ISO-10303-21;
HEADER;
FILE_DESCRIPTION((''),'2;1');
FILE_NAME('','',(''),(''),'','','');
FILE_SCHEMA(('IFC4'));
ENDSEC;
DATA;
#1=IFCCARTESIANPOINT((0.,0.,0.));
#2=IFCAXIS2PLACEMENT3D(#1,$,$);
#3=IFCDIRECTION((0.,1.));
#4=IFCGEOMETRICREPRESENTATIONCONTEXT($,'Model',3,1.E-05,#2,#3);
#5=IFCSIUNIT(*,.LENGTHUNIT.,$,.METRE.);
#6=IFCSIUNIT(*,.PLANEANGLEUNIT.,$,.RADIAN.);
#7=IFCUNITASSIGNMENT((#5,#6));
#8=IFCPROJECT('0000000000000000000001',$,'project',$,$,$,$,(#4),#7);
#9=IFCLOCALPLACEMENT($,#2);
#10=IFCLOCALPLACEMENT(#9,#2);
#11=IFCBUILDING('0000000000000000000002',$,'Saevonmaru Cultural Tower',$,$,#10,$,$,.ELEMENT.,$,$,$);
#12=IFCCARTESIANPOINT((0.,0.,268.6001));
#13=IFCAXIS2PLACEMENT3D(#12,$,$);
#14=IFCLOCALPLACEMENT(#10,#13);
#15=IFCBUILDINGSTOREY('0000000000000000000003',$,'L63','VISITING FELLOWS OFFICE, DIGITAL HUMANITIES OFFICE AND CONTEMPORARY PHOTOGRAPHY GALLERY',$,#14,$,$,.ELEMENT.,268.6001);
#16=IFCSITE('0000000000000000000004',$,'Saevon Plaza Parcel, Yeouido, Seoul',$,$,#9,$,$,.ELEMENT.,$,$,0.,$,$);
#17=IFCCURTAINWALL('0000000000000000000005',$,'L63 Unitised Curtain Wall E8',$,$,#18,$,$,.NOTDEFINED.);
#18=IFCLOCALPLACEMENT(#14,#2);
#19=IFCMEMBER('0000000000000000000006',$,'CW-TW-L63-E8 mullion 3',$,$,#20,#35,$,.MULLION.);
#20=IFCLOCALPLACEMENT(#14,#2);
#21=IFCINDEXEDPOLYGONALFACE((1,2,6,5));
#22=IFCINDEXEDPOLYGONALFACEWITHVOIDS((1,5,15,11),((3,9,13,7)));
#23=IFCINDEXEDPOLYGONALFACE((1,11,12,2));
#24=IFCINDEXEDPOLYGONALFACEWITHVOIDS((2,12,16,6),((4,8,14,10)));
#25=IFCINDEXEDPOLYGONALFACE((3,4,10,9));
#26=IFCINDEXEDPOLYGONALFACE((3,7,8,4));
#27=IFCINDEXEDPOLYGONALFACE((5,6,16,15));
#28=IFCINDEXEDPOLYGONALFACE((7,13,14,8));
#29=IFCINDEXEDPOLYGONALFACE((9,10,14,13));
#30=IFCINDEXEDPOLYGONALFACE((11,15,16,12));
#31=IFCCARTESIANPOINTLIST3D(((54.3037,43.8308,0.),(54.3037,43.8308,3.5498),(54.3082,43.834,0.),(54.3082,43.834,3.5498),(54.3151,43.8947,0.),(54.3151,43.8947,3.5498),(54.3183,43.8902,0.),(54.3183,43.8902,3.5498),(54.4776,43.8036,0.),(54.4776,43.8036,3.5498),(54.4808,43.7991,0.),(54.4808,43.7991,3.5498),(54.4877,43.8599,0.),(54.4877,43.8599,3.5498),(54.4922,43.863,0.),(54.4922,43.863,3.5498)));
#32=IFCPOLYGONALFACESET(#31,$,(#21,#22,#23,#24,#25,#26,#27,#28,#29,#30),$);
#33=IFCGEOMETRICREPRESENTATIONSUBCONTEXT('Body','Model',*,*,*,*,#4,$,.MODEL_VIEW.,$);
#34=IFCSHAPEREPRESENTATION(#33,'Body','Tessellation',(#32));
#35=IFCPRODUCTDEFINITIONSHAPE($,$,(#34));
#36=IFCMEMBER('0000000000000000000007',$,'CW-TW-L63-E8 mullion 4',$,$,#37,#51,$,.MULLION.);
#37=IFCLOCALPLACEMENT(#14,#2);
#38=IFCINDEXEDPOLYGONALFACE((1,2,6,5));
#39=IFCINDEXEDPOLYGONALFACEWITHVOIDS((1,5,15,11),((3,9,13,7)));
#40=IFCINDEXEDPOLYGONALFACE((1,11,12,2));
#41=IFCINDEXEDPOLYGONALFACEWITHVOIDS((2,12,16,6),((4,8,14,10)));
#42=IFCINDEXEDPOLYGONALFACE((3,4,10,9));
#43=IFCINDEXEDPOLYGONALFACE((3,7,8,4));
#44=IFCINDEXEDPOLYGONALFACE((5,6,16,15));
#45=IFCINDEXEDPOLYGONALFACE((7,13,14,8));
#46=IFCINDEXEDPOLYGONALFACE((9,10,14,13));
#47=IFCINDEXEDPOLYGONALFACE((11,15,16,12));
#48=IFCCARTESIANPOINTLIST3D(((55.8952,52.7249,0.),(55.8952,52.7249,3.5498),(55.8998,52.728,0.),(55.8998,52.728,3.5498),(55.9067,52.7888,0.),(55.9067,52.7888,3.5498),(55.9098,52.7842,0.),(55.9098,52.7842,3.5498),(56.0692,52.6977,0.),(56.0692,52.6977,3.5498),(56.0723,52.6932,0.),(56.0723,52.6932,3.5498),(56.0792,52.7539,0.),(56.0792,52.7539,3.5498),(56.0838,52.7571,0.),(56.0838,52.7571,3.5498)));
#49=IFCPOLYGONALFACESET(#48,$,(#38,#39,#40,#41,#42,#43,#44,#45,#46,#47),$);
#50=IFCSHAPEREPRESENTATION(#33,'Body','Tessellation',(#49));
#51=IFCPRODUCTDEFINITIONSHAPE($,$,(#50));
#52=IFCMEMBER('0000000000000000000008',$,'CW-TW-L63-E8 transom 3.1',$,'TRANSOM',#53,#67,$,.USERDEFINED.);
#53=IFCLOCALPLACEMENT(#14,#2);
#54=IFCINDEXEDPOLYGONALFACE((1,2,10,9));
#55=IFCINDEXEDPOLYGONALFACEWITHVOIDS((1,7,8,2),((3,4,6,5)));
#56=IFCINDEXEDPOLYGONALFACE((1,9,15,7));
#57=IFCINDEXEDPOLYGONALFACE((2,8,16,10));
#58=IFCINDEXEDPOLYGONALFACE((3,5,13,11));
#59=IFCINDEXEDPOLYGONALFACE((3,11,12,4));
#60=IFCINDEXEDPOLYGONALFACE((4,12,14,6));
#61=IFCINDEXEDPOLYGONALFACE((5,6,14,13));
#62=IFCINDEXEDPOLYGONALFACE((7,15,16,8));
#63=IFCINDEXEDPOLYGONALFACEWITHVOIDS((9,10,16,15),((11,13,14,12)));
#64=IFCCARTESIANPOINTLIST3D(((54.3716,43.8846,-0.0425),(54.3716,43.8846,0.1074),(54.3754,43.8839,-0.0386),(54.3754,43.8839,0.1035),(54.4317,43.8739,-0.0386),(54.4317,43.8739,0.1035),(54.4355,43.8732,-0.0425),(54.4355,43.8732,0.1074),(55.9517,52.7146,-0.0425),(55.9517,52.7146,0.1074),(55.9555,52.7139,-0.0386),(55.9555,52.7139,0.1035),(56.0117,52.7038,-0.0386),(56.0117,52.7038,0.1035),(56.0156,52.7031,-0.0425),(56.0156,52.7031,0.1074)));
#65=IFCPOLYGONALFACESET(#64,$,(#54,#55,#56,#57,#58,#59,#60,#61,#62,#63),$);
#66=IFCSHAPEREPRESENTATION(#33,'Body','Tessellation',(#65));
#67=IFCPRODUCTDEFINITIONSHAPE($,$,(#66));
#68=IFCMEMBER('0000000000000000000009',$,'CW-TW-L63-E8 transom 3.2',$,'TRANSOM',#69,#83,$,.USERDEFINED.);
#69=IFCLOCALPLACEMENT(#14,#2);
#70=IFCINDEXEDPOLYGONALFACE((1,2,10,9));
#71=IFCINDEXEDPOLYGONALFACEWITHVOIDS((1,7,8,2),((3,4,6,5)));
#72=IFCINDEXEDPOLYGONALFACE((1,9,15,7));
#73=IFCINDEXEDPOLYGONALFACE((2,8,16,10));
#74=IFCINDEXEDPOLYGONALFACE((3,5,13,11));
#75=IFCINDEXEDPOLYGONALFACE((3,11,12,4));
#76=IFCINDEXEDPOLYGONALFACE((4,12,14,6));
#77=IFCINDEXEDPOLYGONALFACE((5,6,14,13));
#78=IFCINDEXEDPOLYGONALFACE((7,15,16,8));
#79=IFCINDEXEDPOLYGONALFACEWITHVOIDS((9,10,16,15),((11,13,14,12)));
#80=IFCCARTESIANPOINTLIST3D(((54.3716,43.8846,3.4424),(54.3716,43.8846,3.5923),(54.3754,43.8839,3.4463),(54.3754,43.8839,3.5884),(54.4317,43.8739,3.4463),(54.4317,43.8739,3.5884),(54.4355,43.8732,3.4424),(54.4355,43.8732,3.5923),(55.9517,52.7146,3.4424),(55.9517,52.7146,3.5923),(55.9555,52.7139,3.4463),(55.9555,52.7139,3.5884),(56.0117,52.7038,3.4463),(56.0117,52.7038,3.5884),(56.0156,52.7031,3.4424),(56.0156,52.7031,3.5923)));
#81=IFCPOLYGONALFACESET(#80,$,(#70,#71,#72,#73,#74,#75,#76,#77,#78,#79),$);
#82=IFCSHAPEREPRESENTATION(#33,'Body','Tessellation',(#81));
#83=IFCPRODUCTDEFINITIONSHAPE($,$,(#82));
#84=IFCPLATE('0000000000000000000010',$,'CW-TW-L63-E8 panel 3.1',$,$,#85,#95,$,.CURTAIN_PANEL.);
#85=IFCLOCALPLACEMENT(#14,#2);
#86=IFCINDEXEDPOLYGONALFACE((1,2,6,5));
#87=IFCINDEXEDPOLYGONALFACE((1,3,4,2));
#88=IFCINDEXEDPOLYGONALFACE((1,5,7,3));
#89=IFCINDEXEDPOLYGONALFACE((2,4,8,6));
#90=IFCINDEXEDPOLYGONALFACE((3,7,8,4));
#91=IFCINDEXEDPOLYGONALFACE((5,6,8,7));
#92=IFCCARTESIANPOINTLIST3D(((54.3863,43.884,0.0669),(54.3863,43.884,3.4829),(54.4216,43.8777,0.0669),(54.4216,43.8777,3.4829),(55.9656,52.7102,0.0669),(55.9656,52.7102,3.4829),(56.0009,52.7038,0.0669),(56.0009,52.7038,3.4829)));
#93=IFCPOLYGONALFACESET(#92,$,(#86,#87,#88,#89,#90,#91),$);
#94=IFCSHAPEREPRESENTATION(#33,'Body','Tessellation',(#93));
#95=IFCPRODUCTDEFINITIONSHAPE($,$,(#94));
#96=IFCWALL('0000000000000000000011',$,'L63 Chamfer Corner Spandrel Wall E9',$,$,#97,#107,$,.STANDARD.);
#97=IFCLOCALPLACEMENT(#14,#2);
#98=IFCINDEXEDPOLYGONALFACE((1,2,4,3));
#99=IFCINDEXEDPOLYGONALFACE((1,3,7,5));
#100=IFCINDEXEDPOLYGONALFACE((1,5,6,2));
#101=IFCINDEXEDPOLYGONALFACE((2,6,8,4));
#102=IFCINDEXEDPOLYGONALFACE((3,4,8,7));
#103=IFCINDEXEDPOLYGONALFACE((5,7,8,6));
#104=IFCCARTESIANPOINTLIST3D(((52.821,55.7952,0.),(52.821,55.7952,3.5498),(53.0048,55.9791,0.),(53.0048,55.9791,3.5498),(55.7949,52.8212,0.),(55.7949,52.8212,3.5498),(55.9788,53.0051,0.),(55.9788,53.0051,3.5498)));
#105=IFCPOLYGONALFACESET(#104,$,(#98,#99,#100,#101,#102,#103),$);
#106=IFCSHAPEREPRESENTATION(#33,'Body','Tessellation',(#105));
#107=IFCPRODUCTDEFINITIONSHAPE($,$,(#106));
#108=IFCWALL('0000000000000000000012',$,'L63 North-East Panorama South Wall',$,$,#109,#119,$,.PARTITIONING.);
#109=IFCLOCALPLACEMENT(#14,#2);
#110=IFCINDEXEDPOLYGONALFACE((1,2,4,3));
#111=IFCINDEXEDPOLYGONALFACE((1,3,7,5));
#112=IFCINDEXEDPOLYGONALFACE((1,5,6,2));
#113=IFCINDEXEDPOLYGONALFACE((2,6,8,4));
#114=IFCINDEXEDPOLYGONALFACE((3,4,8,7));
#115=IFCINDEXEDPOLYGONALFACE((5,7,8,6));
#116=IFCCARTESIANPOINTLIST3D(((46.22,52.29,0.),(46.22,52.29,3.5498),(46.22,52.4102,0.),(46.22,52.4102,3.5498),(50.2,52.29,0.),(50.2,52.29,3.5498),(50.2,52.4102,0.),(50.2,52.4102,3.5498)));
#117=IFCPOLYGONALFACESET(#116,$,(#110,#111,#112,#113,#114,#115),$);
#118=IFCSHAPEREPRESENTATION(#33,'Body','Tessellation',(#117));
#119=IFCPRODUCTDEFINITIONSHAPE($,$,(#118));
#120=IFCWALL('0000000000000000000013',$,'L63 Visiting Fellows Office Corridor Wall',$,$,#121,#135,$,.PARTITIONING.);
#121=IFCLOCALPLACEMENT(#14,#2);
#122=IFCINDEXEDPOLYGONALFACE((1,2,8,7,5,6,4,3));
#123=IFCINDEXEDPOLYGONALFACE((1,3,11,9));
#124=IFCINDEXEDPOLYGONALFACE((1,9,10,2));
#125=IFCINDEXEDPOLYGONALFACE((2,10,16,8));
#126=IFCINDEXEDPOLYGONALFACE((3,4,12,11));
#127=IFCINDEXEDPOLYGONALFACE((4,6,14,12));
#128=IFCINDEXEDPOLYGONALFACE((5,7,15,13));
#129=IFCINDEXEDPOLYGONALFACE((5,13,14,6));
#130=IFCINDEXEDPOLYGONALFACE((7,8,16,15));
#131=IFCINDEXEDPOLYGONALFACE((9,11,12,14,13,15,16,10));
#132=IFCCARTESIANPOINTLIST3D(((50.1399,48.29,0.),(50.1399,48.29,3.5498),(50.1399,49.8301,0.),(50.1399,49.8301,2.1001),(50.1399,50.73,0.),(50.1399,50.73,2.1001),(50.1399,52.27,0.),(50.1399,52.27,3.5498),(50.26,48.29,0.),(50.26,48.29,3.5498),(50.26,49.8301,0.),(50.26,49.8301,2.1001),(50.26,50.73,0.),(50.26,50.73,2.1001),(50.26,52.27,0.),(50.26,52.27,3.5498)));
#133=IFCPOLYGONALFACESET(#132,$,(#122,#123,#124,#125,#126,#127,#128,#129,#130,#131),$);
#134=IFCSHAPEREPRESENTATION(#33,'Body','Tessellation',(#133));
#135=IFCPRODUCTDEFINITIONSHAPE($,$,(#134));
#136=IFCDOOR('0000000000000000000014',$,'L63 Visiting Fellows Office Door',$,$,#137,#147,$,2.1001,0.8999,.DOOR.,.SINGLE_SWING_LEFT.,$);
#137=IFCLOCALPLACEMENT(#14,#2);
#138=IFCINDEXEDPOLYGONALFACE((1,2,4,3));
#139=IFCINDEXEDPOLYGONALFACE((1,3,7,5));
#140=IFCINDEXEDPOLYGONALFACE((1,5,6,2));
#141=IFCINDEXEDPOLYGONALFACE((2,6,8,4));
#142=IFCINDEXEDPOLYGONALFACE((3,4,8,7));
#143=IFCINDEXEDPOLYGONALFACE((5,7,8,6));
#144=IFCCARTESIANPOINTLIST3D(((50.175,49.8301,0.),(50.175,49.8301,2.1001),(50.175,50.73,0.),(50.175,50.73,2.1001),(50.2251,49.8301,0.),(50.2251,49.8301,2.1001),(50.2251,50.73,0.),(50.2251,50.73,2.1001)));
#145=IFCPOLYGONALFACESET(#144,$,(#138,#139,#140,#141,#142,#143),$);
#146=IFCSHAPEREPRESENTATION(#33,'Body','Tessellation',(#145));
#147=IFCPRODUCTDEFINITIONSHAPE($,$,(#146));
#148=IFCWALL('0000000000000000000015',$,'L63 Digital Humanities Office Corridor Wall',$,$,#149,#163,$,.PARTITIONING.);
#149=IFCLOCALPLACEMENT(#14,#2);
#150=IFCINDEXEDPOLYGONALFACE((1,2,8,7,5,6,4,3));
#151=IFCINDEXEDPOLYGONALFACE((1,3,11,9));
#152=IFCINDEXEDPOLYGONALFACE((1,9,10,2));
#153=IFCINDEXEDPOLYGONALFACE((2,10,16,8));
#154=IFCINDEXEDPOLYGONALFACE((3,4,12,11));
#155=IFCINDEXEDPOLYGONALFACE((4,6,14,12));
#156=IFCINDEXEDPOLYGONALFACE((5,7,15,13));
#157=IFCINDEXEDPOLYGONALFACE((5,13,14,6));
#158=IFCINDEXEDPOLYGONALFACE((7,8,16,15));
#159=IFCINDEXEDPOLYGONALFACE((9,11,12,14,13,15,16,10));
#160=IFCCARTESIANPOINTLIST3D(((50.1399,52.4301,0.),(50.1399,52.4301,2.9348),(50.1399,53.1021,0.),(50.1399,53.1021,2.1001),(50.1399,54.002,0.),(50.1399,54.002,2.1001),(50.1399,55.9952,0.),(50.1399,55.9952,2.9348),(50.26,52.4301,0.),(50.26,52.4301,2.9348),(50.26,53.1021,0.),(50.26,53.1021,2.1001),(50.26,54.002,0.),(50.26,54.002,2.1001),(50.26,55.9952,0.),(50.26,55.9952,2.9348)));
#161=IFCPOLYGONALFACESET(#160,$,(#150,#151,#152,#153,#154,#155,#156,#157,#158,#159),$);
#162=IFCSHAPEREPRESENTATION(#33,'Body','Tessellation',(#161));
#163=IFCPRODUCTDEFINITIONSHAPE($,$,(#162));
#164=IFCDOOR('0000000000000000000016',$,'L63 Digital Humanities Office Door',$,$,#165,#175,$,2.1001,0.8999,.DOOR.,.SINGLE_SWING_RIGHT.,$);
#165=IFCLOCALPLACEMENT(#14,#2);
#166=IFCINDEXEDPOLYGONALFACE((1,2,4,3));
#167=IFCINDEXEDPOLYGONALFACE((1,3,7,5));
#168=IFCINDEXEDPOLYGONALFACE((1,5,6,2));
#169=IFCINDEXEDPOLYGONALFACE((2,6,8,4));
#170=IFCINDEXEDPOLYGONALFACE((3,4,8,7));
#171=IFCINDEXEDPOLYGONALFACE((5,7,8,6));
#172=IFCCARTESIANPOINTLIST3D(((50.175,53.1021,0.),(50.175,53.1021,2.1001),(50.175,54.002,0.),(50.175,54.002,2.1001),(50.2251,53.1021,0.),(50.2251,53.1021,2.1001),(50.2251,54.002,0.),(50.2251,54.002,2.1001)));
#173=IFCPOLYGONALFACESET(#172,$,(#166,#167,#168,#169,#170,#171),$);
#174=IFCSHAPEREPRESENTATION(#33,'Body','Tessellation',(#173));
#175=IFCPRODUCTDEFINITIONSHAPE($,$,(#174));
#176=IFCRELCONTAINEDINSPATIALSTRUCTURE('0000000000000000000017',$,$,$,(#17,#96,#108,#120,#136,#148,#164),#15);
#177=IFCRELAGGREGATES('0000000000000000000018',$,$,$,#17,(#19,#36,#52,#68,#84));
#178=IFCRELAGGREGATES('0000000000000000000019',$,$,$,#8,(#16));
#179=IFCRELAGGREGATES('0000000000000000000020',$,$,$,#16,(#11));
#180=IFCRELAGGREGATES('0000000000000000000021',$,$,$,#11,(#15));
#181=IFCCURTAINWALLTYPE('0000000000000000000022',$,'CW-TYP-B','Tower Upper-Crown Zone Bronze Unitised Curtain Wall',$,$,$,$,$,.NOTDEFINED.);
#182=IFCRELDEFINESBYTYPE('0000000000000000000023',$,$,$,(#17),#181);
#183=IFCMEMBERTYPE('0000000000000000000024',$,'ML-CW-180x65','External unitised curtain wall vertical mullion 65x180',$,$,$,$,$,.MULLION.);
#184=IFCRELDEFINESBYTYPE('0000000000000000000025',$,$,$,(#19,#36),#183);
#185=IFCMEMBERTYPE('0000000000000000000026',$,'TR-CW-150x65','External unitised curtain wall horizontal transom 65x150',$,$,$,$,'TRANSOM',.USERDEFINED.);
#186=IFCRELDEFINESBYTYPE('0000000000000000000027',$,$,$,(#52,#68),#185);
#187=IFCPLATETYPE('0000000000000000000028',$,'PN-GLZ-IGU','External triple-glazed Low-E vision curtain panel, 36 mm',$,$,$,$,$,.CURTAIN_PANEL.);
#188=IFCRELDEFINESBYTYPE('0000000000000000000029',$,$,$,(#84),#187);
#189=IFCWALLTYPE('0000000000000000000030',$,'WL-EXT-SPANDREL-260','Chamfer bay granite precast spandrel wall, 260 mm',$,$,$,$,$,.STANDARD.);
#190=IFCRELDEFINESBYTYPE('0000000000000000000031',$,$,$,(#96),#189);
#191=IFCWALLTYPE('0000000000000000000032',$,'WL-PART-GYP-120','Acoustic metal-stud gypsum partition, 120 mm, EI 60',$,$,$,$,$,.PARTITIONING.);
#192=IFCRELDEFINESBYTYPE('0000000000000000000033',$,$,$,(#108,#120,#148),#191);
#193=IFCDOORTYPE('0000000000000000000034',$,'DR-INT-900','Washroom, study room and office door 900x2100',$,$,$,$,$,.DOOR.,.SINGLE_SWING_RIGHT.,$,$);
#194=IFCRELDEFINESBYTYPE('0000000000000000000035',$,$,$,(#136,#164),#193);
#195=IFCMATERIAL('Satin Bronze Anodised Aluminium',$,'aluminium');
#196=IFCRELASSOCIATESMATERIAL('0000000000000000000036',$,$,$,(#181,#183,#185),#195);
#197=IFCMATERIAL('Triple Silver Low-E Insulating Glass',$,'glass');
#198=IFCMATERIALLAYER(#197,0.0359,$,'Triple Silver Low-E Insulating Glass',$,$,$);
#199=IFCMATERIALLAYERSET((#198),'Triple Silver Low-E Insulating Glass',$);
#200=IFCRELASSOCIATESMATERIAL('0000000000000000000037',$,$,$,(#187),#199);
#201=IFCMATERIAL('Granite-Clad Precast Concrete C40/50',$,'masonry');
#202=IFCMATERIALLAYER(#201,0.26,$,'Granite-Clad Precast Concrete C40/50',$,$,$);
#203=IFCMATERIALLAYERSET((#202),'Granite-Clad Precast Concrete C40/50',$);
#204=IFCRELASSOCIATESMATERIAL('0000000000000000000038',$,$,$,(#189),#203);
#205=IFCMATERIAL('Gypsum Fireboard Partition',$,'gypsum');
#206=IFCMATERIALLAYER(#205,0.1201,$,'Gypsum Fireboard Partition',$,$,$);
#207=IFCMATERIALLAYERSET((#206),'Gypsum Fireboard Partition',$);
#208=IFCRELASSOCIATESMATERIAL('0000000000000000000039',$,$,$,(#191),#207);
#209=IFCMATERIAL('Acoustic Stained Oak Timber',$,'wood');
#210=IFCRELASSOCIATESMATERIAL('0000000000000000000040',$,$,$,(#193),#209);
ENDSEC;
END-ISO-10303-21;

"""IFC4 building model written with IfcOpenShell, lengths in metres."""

from ifc_helpers import new_model, si_unit, direction, frame, frame_2d, origin, origin_2d, place, context, subcontext, project, spatial, rectangle, hollow_rectangle, extrude, material, layer, layer_set, material_profile, profile_set, type_object, element, fill, aggregate, save


model = new_model("IFC4")

# Units and contexts
model_context = context("Model", 3, precision=1e-05, world=origin(), true_north=direction((0.0, 1.0)))
body_context = subcontext(model_context, "Body", "Model", "MODEL_VIEW")
ifc_project = project(units=[si_unit("LENGTHUNIT", "METRE"), si_unit("PLANEANGLEUNIT", "RADIAN")], contexts=[model_context])

# Site, building, storey
site_placement = place(None, origin())
site = spatial("IfcSite", under=ifc_project, at=site_placement, Name="Saevon Plaza Parcel, Yeouido, Seoul", CompositionType="ELEMENT", RefElevation=0.0)
building_placement = place(site_placement, origin())
building = spatial("IfcBuilding", under=site, at=building_placement, Name="Saevonmaru Cultural Tower", CompositionType="ELEMENT")
storey_placement = place(building_placement, frame((0.0, 0.0, 268.6001)))
storey = spatial("IfcBuildingStorey", under=building, at=storey_placement, Name="L63", Description="VISITING FELLOWS OFFICE, DIGITAL HUMANITIES OFFICE AND CONTEMPORARY PHOTOGRAPHY GALLERY", CompositionType="ELEMENT", Elevation=268.6001)

# Curtain wall, members, plate
ifc_material_1 = material(Name="Satin Bronze Anodised Aluminium", Category="aluminium")
curtain_wall_type = type_object("IfcCurtainWallType", Name="CW-TYP-B", Description="Tower Upper-Crown Zone Bronze Unitised Curtain Wall", PredefinedType="NOTDEFINED", material=ifc_material_1)
curtain_wall_placement = place(storey_placement, origin())
curtain_wall = element("IfcCurtainWall", 1, at=curtain_wall_placement, inside=storey, type_object=curtain_wall_type, Name="L63 Unitised Curtain Wall E8", PredefinedType="NOTDEFINED")
ifc_material_profile_1 = material_profile(ifc_material_1, hollow_rectangle(XDim=0.0649, YDim=0.1799, WallThickness=0.0039, at=origin_2d()), Name="ALU-MULL-180x65x4")
ifc_profile_set_1 = profile_set([ifc_material_profile_1], Name="Satin Bronze Anodised Aluminium")
member_type_1 = type_object("IfcMemberType", Name="ML-CW-180x65", Description="External unitised curtain wall vertical mullion 65x180", PredefinedType="MULLION", material=ifc_profile_set_1)
member_1_placement = place(storey_placement, frame((54.3979, 43.8469, 0.0), z_axis=(0.0, 0.0, 1.0), x_axis=(0.176141, 0.984365, 0.0)))
member_1 = element("IfcMember", 2, at=member_1_placement, type_object=member_type_1, Name="CW-TW-L63-E8 mullion 3", PredefinedType="MULLION", context=body_context, shape_type="SweptSolid", body=[
    extrude(hollow_rectangle(XDim=0.0649, YDim=0.1799, WallThickness=0.0039, at=origin_2d()), origin(), (0.0, 0.0, 1.0), 3.5498),
])
member_2_placement = place(storey_placement, frame((55.9895, 52.741, 0.0), z_axis=(0.0, 0.0, 1.0), x_axis=(0.176141, 0.984365, 0.0)))
member_2 = element("IfcMember", 3, at=member_2_placement, type_object=member_type_1, Name="CW-TW-L63-E8 mullion 4", PredefinedType="MULLION", context=body_context, shape_type="SweptSolid", body=[
    extrude(hollow_rectangle(XDim=0.0649, YDim=0.1799, WallThickness=0.0039, at=origin_2d()), origin(), (0.0, 0.0, 1.0), 3.5498),
])
ifc_material_profile_2 = material_profile(ifc_material_1, hollow_rectangle(XDim=0.0649, YDim=0.1499, WallThickness=0.0039, at=origin_2d()), Name="ALU-TRAN-150x65x4")
ifc_profile_set_2 = profile_set([ifc_material_profile_2], Name="Satin Bronze Anodised Aluminium")
member_type_2 = type_object("IfcMemberType", Name="TR-CW-150x65", Description="External unitised curtain wall horizontal transom 65x150", ElementType="TRANSOM", PredefinedType="USERDEFINED", material=ifc_profile_set_2)
member_3_placement = place(storey_placement, frame((54.4036, 43.8789, 0.0325), z_axis=(0.176145, 0.984364, 0.0), x_axis=(-0.984364, 0.176145, 0.0)))
member_3 = element("IfcMember", 4, at=member_3_placement, type_object=member_type_2, Name="CW-TW-L63-E8 transom 3.1", ObjectType="TRANSOM", PredefinedType="USERDEFINED", context=body_context, shape_type="SweptSolid", body=[
    extrude(hollow_rectangle(XDim=0.0649, YDim=0.1499, WallThickness=0.0039, at=origin_2d()), origin(), (0.0, 0.0, 1.0), 8.9702),
])
member_4_placement = place(storey_placement, frame((54.4036, 43.8789, 3.5173), z_axis=(0.176145, 0.984364, 0.0), x_axis=(-0.984364, 0.176145, 0.0)))
member_4 = element("IfcMember", 5, at=member_4_placement, type_object=member_type_2, Name="CW-TW-L63-E8 transom 3.2", ObjectType="TRANSOM", PredefinedType="USERDEFINED", context=body_context, shape_type="SweptSolid", body=[
    extrude(hollow_rectangle(XDim=0.0649, YDim=0.1499, WallThickness=0.0039, at=origin_2d()), origin(), (0.0, 0.0, 1.0), 8.9702),
])
ifc_material_2 = material(Name="Triple Silver Low-E Insulating Glass", Category="glass")
ifc_layer_1 = layer(ifc_material_2, 0.0359, Name="Triple Silver Low-E Insulating Glass")
ifc_layer_set_1 = layer_set([ifc_layer_1], Name="Triple Silver Low-E Insulating Glass")
plate_type = type_object("IfcPlateType", Name="PN-GLZ-IGU", Description="External triple-glazed Low-E vision curtain panel, 36 mm", PredefinedType="CURTAIN_PANEL", material=ifc_layer_set_1)
plate_placement = place(storey_placement, frame((55.1936, 48.2939, 0.0669), z_axis=(0.0, 0.0, 1.0), x_axis=(0.176141, 0.984365, 0.0)))
plate = element("IfcPlate", 6, at=plate_placement, type_object=plate_type, Name="CW-TW-L63-E8 panel 3.1", PredefinedType="CURTAIN_PANEL", context=body_context, shape_type="SweptSolid", body=[
    extrude(rectangle(XDim=8.9663, YDim=0.0359, at=origin_2d()), origin(), (0.0, 0.0, 1.0), 3.416),
])
aggregate(curtain_wall, [member_1, member_2, member_3, member_4, plate])

# Walls
ifc_material_3 = material(Name="Granite-Clad Precast Concrete C40/50", Category="masonry")
ifc_layer_2 = layer(ifc_material_3, 0.26, Name="Granite-Clad Precast Concrete C40/50")
ifc_layer_set_2 = layer_set([ifc_layer_2], Name="Granite-Clad Precast Concrete C40/50")
wall_type_1 = type_object("IfcWallType", Name="WL-EXT-SPANDREL-260", Description="Chamfer bay granite precast spandrel wall, 260 mm", PredefinedType="STANDARD", material=ifc_layer_set_2)
wall_1_placement = place(storey_placement, frame((55.887, 52.9131, 0.0), z_axis=(0.0, 0.0, 1.0), x_axis=(-0.707107, 0.707107, 0.0)))
element("IfcWall", 7, at=wall_1_placement, inside=storey, type_object=wall_type_1, Name="L63 Chamfer Corner Spandrel Wall E9", PredefinedType="STANDARD", context=body_context, shape_type="SweptSolid", body=[
    extrude(rectangle(XDim=4.2058, YDim=0.26, at=frame_2d((2.103, 0.0))), origin(), (0.0, 0.0, 1.0), 3.5498),
])
ifc_material_4 = material(Name="Gypsum Fireboard Partition", Category="gypsum")
ifc_layer_3 = layer(ifc_material_4, 0.1201, Name="Gypsum Fireboard Partition")
ifc_layer_set_3 = layer_set([ifc_layer_3], Name="Gypsum Fireboard Partition")
wall_type_2 = type_object("IfcWallType", Name="WL-PART-GYP-120", Description="Acoustic metal-stud gypsum partition, 120 mm, EI 60", PredefinedType="PARTITIONING", material=ifc_layer_set_3)
wall_2_placement = place(storey_placement, frame((46.22, 52.3501, 0.0), z_axis=(0.0, 0.0, 1.0), x_axis=(1.0, 0.0, 0.0)))
element("IfcWall", 8, at=wall_2_placement, inside=storey, type_object=wall_type_2, Name="L63 North-East Panorama South Wall", PredefinedType="PARTITIONING", context=body_context, shape_type="SweptSolid", body=[
    extrude(rectangle(XDim=3.98, YDim=0.1201, at=frame_2d((1.99, 0.0))), origin(), (0.0, 0.0, 1.0), 3.5498),
])

# Walls, openings, doors
wall_3_placement = place(storey_placement, frame((50.2, 48.29, 0.0), z_axis=(0.0, 0.0, 1.0), x_axis=(0.0, 1.0, 0.0)))
wall_3 = element("IfcWall", 9, at=wall_3_placement, inside=storey, type_object=wall_type_2, Name="L63 Visiting Fellows Office Corridor Wall", PredefinedType="PARTITIONING", context=body_context, shape_type="SweptSolid", body=[
    extrude(rectangle(XDim=3.98, YDim=0.1201, at=frame_2d((1.99, 0.0))), origin(), (0.0, 0.0, 1.0), 3.5498),
])
opening_1_placement = place(wall_3_placement, frame((1.54, 0.0, 0.0)))
opening_1 = element("IfcOpeningElement", 10, at=opening_1_placement, cuts=wall_3, PredefinedType="OPENING", context=body_context, shape_type="SweptSolid", body=[
    extrude(rectangle(XDim=0.8999, YDim=2.1001, at=frame_2d((0.45, 1.05))), frame((0.0, 0.0701, 0.0), z_axis=(0.0, -1.0, 0.0), x_axis=(1.0, 0.0, 0.0)), (0.0, 0.0, 1.0), 0.1401),
])
ifc_material_5 = material(Name="Acoustic Stained Oak Timber", Category="wood")
door_type_1 = type_object("IfcDoorType", Name="DR-INT-900", Description="Washroom, study room and office door 900x2100", OperationType="SINGLE_SWING_RIGHT", PredefinedType="DOOR", material=ifc_material_5)
door_1_placement = place(opening_1_placement, origin())
door_1 = element("IfcDoor", 11, at=door_1_placement, inside=storey, type_object=door_type_1, Name="L63 Visiting Fellows Office Door", OperationType="SINGLE_SWING_LEFT", OverallHeight=2.1001, OverallWidth=0.8999, PredefinedType="DOOR", context=body_context, shape_type="SweptSolid", body=[
    extrude(rectangle(XDim=0.8999, YDim=2.1001, at=frame_2d((0.45, 1.05))), frame((0.0, 0.0249, 0.0), z_axis=(0.0, -1.0, 0.0), x_axis=(1.0, 0.0, 0.0)), (0.0, 0.0, 1.0), 0.05),
])
fill(opening_1, door_1)
wall_4_placement = place(storey_placement, frame((50.2, 52.4299, 0.0), z_axis=(0.0, 0.0, 1.0), x_axis=(0.0, 1.0, 0.0)))
wall_4 = element("IfcWall", 12, at=wall_4_placement, inside=storey, type_object=wall_type_2, Name="L63 Digital Humanities Office Corridor Wall", PredefinedType="PARTITIONING", context=body_context, shape_type="SweptSolid", body=[
    extrude(rectangle(XDim=3.5652, YDim=0.1201, at=frame_2d((1.7827, 0.0))), origin(), (0.0, 0.0, 1.0), 2.9348),
])
opening_2_placement = place(wall_4_placement, frame((0.6721, 0.0, 0.0)))
opening_2 = element("IfcOpeningElement", 13, at=opening_2_placement, cuts=wall_4, PredefinedType="OPENING", context=body_context, shape_type="SweptSolid", body=[
    extrude(rectangle(XDim=0.8999, YDim=2.1001, at=frame_2d((0.45, 1.05))), frame((0.0, 0.0701, 0.0), z_axis=(0.0, -1.0, 0.0), x_axis=(1.0, 0.0, 0.0)), (0.0, 0.0, 1.0), 0.1401),
])
door_2_placement = place(opening_2_placement, origin())
door_2 = element("IfcDoor", 14, at=door_2_placement, inside=storey, type_object=door_type_1, Name="L63 Digital Humanities Office Door", OperationType="SINGLE_SWING_RIGHT", OverallHeight=2.1001, OverallWidth=0.8999, PredefinedType="DOOR", context=body_context, shape_type="SweptSolid", body=[
    extrude(rectangle(XDim=0.8999, YDim=2.1001, at=frame_2d((0.45, 1.05))), frame((0.0, 0.0249, 0.0), z_axis=(0.0, -1.0, 0.0), x_axis=(1.0, 0.0, 0.0)), (0.0, 0.0, 1.0), 0.05),
])
fill(opening_2, door_2)

save(model, "model.ifc")
